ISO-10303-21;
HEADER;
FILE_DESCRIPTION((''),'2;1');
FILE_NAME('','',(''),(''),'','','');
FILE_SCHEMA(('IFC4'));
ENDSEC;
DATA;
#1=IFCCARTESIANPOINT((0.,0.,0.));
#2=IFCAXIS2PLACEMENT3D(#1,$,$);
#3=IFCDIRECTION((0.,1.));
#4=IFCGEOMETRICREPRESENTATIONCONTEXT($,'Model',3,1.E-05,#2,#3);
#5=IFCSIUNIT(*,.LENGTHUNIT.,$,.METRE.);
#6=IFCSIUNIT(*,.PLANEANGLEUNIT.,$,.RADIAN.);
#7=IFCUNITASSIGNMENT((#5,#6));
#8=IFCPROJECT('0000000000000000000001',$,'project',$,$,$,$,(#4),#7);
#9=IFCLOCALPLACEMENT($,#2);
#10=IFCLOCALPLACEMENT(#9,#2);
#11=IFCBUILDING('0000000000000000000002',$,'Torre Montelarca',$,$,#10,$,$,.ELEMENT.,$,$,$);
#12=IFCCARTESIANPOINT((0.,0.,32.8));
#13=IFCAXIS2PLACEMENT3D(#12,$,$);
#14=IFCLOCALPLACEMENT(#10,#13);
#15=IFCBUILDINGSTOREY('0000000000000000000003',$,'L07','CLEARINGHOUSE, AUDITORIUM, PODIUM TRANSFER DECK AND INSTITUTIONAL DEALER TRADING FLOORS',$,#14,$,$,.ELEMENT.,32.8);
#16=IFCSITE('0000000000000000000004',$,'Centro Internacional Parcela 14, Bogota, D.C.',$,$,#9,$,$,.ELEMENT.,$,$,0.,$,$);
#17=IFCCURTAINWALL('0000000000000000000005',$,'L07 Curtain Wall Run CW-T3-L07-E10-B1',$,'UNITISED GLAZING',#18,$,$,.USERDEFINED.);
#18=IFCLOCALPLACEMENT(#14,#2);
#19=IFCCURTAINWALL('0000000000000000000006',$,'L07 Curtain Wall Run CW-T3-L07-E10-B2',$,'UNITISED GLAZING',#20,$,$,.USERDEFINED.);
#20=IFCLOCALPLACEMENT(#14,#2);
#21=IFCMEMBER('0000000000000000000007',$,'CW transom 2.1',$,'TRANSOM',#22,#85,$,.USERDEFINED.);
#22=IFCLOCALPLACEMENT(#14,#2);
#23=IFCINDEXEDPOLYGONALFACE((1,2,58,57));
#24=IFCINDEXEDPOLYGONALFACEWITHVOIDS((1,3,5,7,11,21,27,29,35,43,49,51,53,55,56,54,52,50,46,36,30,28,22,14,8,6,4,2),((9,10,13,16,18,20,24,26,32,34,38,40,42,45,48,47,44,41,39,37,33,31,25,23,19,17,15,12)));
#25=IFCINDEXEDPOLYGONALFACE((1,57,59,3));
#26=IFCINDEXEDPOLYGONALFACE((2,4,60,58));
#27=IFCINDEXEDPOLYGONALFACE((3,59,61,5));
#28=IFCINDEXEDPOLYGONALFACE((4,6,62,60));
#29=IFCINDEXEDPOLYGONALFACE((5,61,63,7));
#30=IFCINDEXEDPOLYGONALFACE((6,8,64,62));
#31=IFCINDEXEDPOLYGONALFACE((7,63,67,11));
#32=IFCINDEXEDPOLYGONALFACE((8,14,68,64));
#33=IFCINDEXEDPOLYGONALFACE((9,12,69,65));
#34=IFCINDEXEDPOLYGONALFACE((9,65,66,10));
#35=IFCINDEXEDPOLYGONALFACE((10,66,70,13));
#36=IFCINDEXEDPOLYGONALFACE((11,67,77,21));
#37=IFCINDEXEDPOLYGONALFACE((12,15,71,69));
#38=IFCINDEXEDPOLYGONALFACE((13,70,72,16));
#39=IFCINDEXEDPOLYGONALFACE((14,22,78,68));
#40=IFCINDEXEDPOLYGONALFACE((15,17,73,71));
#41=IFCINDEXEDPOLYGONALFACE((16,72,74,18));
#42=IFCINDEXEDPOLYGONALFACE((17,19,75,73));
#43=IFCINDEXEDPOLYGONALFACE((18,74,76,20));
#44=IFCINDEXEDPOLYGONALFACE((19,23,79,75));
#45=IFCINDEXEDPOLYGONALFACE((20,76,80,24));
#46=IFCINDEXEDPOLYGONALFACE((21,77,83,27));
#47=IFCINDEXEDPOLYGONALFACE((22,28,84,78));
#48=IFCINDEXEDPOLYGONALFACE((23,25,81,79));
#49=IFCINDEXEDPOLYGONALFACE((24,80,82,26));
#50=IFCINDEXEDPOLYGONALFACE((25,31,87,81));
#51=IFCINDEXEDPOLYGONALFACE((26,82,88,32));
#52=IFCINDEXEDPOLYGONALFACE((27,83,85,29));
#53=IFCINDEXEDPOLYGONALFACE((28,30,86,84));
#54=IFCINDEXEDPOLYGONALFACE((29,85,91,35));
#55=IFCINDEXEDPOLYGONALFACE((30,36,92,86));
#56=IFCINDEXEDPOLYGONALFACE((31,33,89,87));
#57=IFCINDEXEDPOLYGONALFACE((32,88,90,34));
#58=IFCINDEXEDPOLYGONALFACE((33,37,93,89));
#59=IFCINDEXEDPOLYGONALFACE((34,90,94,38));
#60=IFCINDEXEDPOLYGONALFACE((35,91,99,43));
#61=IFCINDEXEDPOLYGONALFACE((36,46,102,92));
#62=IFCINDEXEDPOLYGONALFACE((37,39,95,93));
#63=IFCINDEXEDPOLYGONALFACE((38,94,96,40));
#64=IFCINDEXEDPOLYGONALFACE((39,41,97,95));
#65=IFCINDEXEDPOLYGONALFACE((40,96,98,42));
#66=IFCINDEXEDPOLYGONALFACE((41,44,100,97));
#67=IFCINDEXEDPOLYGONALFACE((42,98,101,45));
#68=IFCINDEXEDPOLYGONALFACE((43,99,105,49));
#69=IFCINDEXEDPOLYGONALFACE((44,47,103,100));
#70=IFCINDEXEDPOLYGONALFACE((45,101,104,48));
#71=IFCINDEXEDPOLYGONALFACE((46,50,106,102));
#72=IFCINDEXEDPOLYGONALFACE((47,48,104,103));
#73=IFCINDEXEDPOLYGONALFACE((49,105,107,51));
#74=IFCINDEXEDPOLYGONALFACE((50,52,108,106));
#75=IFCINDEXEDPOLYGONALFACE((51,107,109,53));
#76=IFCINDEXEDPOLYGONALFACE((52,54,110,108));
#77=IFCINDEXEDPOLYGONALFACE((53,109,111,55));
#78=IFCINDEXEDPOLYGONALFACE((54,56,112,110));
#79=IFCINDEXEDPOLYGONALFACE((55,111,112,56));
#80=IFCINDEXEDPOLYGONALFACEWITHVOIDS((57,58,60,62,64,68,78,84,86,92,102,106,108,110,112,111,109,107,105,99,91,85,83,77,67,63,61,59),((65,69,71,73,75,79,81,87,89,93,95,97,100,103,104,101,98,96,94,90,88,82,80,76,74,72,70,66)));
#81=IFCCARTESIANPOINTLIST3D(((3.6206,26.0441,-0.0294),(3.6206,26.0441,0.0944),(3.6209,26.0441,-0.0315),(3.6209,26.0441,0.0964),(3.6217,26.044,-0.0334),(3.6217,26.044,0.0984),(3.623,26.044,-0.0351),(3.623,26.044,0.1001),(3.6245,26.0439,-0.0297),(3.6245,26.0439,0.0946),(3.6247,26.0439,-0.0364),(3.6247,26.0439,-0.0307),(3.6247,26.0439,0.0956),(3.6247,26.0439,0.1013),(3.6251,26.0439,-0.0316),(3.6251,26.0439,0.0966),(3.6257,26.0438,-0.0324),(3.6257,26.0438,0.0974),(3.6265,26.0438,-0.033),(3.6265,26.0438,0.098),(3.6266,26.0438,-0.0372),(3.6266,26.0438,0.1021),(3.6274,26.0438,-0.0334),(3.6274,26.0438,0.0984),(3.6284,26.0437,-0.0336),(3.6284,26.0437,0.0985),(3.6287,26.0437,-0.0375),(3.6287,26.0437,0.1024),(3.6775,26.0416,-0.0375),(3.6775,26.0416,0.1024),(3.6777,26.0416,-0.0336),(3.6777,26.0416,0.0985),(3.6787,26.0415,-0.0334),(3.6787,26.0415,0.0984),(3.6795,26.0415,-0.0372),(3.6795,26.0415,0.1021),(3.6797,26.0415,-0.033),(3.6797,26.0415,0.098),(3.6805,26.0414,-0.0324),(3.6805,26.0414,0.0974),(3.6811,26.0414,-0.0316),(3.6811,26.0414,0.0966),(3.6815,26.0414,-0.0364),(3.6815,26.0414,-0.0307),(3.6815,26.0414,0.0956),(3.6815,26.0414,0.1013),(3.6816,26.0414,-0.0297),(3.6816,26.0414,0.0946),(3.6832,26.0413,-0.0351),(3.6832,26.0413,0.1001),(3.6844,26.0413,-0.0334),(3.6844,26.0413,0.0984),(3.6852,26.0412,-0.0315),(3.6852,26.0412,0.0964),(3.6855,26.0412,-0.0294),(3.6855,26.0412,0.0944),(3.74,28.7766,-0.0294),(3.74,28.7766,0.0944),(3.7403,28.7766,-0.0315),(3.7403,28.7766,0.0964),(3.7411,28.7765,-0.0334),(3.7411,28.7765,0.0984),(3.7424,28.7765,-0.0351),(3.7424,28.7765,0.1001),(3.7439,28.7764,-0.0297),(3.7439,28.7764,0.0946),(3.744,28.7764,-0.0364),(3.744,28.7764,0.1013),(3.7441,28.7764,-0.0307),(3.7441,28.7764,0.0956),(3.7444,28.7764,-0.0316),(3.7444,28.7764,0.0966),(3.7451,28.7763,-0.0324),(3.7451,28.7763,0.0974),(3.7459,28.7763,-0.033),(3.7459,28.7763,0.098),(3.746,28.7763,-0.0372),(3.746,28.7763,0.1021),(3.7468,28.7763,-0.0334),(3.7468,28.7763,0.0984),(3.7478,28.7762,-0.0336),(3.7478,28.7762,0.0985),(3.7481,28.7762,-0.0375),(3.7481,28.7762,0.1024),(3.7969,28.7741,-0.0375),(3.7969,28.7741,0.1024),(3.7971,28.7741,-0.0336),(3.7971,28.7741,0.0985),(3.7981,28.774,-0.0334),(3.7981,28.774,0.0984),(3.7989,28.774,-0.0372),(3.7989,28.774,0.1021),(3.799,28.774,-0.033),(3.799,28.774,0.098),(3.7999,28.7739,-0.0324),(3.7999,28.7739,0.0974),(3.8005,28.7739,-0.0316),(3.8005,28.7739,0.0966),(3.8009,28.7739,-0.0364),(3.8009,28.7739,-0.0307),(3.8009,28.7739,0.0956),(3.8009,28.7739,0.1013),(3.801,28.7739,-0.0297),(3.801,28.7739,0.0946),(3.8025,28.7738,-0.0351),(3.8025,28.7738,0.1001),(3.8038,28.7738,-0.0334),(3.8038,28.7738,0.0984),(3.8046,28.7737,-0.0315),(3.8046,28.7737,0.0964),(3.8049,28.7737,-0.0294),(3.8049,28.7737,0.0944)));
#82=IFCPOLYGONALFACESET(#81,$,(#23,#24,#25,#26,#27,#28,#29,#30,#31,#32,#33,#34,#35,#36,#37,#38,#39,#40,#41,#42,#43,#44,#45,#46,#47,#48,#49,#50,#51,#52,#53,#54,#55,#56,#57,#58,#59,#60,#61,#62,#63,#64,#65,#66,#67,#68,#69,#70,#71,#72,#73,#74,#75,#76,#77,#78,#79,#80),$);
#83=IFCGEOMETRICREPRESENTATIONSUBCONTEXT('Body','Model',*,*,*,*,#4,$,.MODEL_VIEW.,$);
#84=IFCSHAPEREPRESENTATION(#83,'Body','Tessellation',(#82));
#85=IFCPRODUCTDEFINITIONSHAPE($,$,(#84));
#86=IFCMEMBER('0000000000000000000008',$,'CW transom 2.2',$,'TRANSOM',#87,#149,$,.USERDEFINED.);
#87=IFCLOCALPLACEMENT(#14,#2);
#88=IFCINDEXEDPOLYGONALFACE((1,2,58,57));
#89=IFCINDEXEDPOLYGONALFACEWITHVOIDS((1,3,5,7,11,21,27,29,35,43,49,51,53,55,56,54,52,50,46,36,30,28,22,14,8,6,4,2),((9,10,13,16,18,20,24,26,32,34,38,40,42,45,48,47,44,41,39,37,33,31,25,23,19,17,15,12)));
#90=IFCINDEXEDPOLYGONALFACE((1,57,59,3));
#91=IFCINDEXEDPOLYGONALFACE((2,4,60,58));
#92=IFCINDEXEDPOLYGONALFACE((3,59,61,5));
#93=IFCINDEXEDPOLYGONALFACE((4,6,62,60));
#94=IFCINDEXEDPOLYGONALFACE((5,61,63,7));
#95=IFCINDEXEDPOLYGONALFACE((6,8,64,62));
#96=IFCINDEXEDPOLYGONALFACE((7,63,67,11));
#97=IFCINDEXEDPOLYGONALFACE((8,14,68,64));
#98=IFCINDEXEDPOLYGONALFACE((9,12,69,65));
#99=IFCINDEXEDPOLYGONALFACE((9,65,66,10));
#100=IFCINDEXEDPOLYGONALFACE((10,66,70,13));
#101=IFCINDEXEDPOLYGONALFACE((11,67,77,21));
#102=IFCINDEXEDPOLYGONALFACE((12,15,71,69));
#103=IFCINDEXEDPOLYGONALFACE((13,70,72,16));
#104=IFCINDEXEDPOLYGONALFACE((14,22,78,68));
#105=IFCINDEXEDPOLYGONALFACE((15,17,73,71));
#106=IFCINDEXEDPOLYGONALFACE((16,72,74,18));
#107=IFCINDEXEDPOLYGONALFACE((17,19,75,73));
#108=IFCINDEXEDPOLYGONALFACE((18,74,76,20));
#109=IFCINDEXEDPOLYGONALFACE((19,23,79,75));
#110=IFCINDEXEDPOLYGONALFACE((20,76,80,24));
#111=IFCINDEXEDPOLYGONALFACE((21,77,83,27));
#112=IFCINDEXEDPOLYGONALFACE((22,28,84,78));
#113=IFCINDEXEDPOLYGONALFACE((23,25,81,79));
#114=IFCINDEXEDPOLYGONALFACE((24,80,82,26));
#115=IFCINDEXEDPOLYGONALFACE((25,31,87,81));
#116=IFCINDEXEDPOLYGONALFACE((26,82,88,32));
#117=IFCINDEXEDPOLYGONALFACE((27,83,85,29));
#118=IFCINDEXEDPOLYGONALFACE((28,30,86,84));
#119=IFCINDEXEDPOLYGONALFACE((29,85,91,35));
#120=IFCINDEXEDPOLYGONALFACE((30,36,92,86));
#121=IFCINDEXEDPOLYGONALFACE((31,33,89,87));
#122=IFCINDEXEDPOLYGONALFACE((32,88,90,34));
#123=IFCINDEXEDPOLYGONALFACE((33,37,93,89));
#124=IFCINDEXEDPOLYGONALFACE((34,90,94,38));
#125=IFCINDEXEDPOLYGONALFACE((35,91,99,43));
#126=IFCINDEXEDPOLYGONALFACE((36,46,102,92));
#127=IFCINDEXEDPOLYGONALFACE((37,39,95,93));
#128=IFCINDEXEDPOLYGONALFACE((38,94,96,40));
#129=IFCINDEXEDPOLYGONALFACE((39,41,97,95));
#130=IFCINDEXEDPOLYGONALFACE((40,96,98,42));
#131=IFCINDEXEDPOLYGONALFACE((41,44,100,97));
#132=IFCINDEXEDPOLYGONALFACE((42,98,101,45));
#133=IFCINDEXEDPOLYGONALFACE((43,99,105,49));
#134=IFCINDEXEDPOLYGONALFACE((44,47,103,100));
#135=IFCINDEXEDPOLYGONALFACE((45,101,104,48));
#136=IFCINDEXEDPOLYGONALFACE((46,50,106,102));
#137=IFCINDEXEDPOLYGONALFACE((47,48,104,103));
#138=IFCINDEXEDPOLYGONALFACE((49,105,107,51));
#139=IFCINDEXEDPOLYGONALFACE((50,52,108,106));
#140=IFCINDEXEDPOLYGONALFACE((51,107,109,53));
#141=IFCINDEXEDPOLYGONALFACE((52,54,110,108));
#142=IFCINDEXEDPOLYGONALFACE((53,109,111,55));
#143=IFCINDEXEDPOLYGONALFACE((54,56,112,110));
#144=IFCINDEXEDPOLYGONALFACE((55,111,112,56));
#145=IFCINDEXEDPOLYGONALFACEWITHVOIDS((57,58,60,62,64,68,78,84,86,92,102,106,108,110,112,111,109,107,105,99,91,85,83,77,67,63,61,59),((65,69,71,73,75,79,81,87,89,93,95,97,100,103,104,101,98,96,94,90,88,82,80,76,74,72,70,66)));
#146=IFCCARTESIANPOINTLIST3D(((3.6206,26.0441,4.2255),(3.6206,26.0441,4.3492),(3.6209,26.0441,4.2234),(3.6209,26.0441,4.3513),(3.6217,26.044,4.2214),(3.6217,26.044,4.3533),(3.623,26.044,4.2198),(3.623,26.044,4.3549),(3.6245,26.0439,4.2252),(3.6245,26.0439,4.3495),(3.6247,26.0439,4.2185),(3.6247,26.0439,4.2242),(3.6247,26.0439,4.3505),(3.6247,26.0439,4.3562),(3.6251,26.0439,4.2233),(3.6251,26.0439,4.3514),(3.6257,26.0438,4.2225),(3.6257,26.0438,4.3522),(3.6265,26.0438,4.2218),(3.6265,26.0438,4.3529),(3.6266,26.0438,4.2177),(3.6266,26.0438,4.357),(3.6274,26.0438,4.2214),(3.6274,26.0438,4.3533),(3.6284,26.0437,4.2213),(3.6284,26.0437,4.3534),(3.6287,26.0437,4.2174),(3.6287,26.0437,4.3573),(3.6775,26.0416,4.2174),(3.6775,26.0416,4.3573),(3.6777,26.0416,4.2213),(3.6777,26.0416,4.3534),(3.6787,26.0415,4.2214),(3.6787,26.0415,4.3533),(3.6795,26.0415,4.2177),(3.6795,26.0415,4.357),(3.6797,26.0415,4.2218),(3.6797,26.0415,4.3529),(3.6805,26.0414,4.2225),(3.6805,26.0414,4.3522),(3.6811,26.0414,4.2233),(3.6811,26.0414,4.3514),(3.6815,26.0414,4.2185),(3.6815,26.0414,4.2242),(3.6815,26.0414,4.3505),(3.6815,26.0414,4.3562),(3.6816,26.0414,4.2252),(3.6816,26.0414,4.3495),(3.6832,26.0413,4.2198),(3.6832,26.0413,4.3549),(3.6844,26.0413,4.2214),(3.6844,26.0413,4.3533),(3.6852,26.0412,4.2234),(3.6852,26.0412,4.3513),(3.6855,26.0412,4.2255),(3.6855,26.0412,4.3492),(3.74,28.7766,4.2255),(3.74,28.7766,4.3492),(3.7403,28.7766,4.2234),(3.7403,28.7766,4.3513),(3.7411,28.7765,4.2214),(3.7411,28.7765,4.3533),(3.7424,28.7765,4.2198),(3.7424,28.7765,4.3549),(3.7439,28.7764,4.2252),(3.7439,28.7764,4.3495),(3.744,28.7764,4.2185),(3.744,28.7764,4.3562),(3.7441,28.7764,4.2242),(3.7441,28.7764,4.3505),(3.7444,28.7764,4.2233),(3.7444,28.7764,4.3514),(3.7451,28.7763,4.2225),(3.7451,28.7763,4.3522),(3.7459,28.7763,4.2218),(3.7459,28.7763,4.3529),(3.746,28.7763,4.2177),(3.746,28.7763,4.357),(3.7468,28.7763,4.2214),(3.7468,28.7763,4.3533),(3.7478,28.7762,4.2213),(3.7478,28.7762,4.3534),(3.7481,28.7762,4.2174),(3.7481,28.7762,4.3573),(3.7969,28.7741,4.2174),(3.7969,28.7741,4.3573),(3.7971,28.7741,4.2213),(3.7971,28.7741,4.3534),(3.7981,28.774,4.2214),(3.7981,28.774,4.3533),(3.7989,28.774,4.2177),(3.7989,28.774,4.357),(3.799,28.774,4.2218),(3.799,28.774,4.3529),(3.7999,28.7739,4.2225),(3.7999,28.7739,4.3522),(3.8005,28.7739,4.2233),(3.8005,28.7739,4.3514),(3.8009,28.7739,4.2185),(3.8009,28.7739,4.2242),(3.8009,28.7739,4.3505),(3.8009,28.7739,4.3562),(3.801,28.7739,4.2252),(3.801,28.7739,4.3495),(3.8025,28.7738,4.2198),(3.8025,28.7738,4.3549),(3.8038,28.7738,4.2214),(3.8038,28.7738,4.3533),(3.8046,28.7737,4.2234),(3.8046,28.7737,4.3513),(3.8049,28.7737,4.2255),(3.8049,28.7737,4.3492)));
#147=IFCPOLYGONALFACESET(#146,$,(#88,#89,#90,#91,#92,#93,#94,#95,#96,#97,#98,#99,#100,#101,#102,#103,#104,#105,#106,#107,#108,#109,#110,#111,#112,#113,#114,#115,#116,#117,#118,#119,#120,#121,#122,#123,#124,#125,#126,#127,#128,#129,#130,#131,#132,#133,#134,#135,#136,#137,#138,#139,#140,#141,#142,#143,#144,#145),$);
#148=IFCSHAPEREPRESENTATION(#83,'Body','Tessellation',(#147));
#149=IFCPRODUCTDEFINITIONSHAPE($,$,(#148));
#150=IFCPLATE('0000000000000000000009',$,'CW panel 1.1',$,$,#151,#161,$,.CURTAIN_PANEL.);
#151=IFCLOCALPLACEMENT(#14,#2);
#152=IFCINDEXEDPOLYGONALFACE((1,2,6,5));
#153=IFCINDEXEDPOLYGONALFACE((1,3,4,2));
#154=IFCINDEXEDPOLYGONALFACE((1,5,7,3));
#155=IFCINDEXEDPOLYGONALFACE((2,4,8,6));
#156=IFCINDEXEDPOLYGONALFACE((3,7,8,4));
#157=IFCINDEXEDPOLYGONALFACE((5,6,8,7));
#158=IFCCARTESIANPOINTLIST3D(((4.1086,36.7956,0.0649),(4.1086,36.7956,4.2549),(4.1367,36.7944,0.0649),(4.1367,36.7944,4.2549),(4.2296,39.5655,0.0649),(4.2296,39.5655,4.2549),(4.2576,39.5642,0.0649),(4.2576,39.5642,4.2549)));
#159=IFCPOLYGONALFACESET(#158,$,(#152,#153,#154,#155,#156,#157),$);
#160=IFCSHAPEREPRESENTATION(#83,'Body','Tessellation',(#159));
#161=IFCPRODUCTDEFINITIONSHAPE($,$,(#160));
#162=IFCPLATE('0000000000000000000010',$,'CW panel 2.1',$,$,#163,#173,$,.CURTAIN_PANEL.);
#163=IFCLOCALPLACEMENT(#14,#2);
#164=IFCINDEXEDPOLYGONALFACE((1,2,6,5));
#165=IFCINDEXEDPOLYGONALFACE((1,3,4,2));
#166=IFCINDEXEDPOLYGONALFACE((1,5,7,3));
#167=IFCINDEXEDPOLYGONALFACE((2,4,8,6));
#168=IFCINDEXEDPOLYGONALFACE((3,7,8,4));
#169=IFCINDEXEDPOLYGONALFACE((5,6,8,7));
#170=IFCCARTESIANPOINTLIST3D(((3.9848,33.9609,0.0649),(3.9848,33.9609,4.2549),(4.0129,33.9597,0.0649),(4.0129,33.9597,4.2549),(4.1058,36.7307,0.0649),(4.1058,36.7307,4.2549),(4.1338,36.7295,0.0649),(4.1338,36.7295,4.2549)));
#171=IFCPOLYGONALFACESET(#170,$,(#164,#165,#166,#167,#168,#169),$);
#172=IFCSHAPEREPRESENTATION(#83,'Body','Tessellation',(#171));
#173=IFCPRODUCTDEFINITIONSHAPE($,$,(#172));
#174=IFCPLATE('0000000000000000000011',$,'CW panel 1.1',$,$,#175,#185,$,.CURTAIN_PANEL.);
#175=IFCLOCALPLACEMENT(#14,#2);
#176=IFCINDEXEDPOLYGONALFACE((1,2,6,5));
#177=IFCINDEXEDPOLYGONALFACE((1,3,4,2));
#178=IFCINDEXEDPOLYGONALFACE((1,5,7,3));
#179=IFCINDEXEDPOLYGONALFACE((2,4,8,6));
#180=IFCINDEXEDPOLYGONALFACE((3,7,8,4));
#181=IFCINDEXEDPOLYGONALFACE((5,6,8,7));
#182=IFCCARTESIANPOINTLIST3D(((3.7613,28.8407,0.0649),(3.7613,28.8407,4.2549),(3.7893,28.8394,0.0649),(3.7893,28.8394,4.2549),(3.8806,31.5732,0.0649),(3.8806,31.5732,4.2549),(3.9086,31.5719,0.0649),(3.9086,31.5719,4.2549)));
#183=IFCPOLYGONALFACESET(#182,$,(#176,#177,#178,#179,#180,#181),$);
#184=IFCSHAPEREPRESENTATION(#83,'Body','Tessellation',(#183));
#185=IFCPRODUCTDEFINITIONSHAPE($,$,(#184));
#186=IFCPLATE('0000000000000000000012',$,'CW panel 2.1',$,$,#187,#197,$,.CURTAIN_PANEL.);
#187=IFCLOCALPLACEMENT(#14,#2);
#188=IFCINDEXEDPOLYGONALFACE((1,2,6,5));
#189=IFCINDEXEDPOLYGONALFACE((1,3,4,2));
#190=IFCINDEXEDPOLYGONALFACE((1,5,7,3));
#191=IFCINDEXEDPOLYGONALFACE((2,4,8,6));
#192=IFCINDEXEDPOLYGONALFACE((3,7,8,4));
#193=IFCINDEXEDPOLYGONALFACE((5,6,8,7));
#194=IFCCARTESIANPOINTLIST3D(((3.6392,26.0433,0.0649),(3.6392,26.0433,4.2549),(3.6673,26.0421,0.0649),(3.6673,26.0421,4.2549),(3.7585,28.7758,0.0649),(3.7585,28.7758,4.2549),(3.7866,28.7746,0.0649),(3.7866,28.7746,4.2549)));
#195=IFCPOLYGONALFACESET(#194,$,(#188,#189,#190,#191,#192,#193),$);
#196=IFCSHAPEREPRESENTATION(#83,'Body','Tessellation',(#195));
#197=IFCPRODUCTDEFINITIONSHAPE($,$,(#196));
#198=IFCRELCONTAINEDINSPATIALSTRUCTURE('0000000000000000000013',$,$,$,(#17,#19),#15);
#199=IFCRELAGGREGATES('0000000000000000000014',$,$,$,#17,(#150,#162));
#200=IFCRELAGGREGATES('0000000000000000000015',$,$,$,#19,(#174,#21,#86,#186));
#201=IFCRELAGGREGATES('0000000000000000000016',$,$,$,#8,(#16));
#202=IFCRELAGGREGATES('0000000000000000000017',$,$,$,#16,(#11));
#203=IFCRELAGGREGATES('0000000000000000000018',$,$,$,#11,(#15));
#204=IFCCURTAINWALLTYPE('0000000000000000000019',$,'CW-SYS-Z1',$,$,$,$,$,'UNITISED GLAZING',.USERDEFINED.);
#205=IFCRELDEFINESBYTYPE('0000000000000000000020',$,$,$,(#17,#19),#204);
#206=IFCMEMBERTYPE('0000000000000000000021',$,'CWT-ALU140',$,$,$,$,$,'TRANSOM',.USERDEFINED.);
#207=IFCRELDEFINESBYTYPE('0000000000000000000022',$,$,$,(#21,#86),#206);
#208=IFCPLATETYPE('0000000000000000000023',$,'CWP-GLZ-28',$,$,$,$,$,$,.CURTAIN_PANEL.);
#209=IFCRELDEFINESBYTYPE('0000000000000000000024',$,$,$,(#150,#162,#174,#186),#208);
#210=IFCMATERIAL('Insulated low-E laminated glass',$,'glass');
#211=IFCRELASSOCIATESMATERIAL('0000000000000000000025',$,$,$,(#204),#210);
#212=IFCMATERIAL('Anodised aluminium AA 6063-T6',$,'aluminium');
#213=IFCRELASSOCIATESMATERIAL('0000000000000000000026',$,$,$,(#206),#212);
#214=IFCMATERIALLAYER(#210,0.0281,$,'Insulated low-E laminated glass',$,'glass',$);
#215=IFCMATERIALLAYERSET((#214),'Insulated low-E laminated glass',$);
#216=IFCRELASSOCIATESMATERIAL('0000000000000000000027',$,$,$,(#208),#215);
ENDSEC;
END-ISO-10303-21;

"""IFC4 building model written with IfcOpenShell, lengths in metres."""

from ifc_helpers import new_model, si_unit, direction, frame, origin, origin_2d, place, context, subcontext, project, spatial, rectangle, hollow_rectangle, extrude, source, transform, mapped, material, layer, layer_set, material_profile, profile_set, type_object, element, aggregate, save


model = new_model("IFC4")

# Units and contexts
model_context = context("Model", 3, precision=1e-05, world=origin(), true_north=direction((0.0, 1.0)))
body_context = subcontext(model_context, "Body", "Model", "MODEL_VIEW")
ifc_project = project(units=[si_unit("LENGTHUNIT", "METRE"), si_unit("PLANEANGLEUNIT", "RADIAN")], contexts=[model_context])

# Site, building, storey
site_placement = place(None, origin())
site = spatial("IfcSite", under=ifc_project, at=site_placement, Name="Centro Internacional Parcela 14, Bogota, D.C.", CompositionType="ELEMENT", RefElevation=0.0)
building_placement = place(site_placement, origin())
building = spatial("IfcBuilding", under=site, at=building_placement, Name="Torre Montelarca", CompositionType="ELEMENT")
storey_placement = place(building_placement, frame((0.0, 0.0, 32.8)))
storey = spatial("IfcBuildingStorey", under=building, at=storey_placement, Name="L07", Description="CLEARINGHOUSE, AUDITORIUM, PODIUM TRANSFER DECK AND INSTITUTIONAL DEALER TRADING FLOORS", CompositionType="ELEMENT", Elevation=32.8)

# Curtain walls
ifc_material_1 = material(Name="Insulated low-E laminated glass", Category="glass")
curtain_wall_type = type_object("IfcCurtainWallType", Name="CW-SYS-Z1", ElementType="UNITISED GLAZING", PredefinedType="USERDEFINED", material=ifc_material_1)
curtain_wall_1_placement = place(storey_placement, origin())
curtain_wall_1 = element("IfcCurtainWall", 1, at=curtain_wall_1_placement, inside=storey, type_object=curtain_wall_type, Name="L07 Curtain Wall Run CW-T3-L07-E10-B1", ObjectType="UNITISED GLAZING", PredefinedType="USERDEFINED")
ifc_material_2 = material(Name="Anodised aluminium AA 6063-T6", Category="aluminium")
curtain_wall_2_placement = place(storey_placement, origin())
curtain_wall_2 = element("IfcCurtainWall", 2, at=curtain_wall_2_placement, inside=storey, type_object=curtain_wall_type, Name="L07 Curtain Wall Run CW-T3-L07-E10-B2", ObjectType="UNITISED GLAZING", PredefinedType="USERDEFINED")

# Members
ifc_material_profile_1 = material_profile(ifc_material_2, hollow_rectangle(XDim=0.0649, YDim=0.1399, WallThickness=0.0039, InnerFilletRadius=0.0039, OuterFilletRadius=0.0081, at=origin_2d()), Name="ALU65X140X4", Category="aluminium")
ifc_profile_set_1 = profile_set([ifc_material_profile_1], Name="Anodised aluminium AA 6063-T6")
member_type_1 = type_object("IfcMemberType", Name="CWT-ALU140", ElementType="TRANSOM", PredefinedType="USERDEFINED", material=ifc_profile_set_1)
shared_shape_1 = source(origin(), body_context, "Body", "SweptSolid", [
    extrude(hollow_rectangle(XDim=0.0649, YDim=0.1399, WallThickness=0.0039, InnerFilletRadius=0.0039, OuterFilletRadius=0.0081, at=origin_2d()), origin(), (0.0, 0.0, 1.0), 2.7351),
])
member_1_placement = place(storey_placement, frame((3.7725, 28.7751, 0.0325), z_axis=(-0.04365, -0.999047, 0.0), x_axis=(0.999047, -0.04365, 0.0)))
member_1 = element("IfcMember", 3, at=member_1_placement, type_object=member_type_1, Name="CW transom 2.1", ObjectType="TRANSOM", PredefinedType="USERDEFINED", context=body_context, shape_type="MappedRepresentation", body=[
    mapped(shared_shape_1, transform((0.0, 0.0, 0.0), scale=1.0)),
])
member_2_placement = place(storey_placement, frame((3.7725, 28.7751, 4.2874), z_axis=(-0.04365, -0.999047, 0.0), x_axis=(0.999047, -0.04365, 0.0)))
member_2 = element("IfcMember", 4, at=member_2_placement, type_object=member_type_1, Name="CW transom 2.2", ObjectType="TRANSOM", PredefinedType="USERDEFINED", context=body_context, shape_type="MappedRepresentation", body=[
    mapped(shared_shape_1, transform((0.0, 0.0, 0.0), scale=1.0)),
])

# Plates
ifc_layer_1 = layer(ifc_material_1, 0.0281, Name="Insulated low-E laminated glass", Category="glass")
ifc_layer_set_1 = layer_set([ifc_layer_1], Name="Insulated low-E laminated glass")
plate_type = type_object("IfcPlateType", Name="CWP-GLZ-28", PredefinedType="CURTAIN_PANEL", material=ifc_layer_set_1)
shared_shape_2 = source(origin(), body_context, "Body", "SweptSolid", [
    extrude(rectangle(XDim=2.7725, YDim=0.0281, at=origin_2d()), origin(), (0.0, 0.0, 1.0), 4.1899),
])
plate_1_placement = place(storey_placement, frame((4.1831, 38.1799, 0.0649), z_axis=(0.0, 0.0, 1.0), x_axis=(-0.043623, -0.999048, 0.0)))
plate_1 = element("IfcPlate", 5, at=plate_1_placement, type_object=plate_type, Name="CW panel 1.1", PredefinedType="CURTAIN_PANEL", context=body_context, shape_type="MappedRepresentation", body=[
    mapped(shared_shape_2, transform((0.0, 0.0, 0.0), scale=1.0)),
])
plate_2_placement = place(storey_placement, frame((4.0593, 35.3452, 0.0649), z_axis=(0.0, 0.0, 1.0), x_axis=(-0.043623, -0.999048, 0.0)))
plate_2 = element("IfcPlate", 6, at=plate_2_placement, type_object=plate_type, Name="CW panel 2.1", PredefinedType="CURTAIN_PANEL", context=body_context, shape_type="MappedRepresentation", body=[
    mapped(shared_shape_2, transform((0.0, 0.0, 0.0), scale=1.0)),
])
aggregate(curtain_wall_1, [plate_1, plate_2])
shared_shape_3 = source(origin(), body_context, "Body", "SweptSolid", [
    extrude(rectangle(XDim=2.7351, YDim=0.0281, at=origin_2d()), origin(), (0.0, 0.0, 1.0), 4.1899),
])
plate_3_placement = place(storey_placement, frame((3.835, 30.2063, 0.0649), z_axis=(0.0, 0.0, 1.0), x_axis=(-0.043619, -0.999048, 0.0)))
plate_3 = element("IfcPlate", 7, at=plate_3_placement, type_object=plate_type, Name="CW panel 1.1", PredefinedType="CURTAIN_PANEL", context=body_context, shape_type="MappedRepresentation", body=[
    mapped(shared_shape_3, transform((0.0, 0.0, 0.0), scale=1.0)),
])
plate_4_placement = place(storey_placement, frame((3.7129, 27.4089, 0.0649), z_axis=(0.0, 0.0, 1.0), x_axis=(-0.043619, -0.999048, 0.0)))
plate_4 = element("IfcPlate", 8, at=plate_4_placement, type_object=plate_type, Name="CW panel 2.1", PredefinedType="CURTAIN_PANEL", context=body_context, shape_type="MappedRepresentation", body=[
    mapped(shared_shape_3, transform((0.0, 0.0, 0.0), scale=1.0)),
])
aggregate(curtain_wall_2, [plate_3, member_1, member_2, plate_4])

save(model, "model.ifc")
